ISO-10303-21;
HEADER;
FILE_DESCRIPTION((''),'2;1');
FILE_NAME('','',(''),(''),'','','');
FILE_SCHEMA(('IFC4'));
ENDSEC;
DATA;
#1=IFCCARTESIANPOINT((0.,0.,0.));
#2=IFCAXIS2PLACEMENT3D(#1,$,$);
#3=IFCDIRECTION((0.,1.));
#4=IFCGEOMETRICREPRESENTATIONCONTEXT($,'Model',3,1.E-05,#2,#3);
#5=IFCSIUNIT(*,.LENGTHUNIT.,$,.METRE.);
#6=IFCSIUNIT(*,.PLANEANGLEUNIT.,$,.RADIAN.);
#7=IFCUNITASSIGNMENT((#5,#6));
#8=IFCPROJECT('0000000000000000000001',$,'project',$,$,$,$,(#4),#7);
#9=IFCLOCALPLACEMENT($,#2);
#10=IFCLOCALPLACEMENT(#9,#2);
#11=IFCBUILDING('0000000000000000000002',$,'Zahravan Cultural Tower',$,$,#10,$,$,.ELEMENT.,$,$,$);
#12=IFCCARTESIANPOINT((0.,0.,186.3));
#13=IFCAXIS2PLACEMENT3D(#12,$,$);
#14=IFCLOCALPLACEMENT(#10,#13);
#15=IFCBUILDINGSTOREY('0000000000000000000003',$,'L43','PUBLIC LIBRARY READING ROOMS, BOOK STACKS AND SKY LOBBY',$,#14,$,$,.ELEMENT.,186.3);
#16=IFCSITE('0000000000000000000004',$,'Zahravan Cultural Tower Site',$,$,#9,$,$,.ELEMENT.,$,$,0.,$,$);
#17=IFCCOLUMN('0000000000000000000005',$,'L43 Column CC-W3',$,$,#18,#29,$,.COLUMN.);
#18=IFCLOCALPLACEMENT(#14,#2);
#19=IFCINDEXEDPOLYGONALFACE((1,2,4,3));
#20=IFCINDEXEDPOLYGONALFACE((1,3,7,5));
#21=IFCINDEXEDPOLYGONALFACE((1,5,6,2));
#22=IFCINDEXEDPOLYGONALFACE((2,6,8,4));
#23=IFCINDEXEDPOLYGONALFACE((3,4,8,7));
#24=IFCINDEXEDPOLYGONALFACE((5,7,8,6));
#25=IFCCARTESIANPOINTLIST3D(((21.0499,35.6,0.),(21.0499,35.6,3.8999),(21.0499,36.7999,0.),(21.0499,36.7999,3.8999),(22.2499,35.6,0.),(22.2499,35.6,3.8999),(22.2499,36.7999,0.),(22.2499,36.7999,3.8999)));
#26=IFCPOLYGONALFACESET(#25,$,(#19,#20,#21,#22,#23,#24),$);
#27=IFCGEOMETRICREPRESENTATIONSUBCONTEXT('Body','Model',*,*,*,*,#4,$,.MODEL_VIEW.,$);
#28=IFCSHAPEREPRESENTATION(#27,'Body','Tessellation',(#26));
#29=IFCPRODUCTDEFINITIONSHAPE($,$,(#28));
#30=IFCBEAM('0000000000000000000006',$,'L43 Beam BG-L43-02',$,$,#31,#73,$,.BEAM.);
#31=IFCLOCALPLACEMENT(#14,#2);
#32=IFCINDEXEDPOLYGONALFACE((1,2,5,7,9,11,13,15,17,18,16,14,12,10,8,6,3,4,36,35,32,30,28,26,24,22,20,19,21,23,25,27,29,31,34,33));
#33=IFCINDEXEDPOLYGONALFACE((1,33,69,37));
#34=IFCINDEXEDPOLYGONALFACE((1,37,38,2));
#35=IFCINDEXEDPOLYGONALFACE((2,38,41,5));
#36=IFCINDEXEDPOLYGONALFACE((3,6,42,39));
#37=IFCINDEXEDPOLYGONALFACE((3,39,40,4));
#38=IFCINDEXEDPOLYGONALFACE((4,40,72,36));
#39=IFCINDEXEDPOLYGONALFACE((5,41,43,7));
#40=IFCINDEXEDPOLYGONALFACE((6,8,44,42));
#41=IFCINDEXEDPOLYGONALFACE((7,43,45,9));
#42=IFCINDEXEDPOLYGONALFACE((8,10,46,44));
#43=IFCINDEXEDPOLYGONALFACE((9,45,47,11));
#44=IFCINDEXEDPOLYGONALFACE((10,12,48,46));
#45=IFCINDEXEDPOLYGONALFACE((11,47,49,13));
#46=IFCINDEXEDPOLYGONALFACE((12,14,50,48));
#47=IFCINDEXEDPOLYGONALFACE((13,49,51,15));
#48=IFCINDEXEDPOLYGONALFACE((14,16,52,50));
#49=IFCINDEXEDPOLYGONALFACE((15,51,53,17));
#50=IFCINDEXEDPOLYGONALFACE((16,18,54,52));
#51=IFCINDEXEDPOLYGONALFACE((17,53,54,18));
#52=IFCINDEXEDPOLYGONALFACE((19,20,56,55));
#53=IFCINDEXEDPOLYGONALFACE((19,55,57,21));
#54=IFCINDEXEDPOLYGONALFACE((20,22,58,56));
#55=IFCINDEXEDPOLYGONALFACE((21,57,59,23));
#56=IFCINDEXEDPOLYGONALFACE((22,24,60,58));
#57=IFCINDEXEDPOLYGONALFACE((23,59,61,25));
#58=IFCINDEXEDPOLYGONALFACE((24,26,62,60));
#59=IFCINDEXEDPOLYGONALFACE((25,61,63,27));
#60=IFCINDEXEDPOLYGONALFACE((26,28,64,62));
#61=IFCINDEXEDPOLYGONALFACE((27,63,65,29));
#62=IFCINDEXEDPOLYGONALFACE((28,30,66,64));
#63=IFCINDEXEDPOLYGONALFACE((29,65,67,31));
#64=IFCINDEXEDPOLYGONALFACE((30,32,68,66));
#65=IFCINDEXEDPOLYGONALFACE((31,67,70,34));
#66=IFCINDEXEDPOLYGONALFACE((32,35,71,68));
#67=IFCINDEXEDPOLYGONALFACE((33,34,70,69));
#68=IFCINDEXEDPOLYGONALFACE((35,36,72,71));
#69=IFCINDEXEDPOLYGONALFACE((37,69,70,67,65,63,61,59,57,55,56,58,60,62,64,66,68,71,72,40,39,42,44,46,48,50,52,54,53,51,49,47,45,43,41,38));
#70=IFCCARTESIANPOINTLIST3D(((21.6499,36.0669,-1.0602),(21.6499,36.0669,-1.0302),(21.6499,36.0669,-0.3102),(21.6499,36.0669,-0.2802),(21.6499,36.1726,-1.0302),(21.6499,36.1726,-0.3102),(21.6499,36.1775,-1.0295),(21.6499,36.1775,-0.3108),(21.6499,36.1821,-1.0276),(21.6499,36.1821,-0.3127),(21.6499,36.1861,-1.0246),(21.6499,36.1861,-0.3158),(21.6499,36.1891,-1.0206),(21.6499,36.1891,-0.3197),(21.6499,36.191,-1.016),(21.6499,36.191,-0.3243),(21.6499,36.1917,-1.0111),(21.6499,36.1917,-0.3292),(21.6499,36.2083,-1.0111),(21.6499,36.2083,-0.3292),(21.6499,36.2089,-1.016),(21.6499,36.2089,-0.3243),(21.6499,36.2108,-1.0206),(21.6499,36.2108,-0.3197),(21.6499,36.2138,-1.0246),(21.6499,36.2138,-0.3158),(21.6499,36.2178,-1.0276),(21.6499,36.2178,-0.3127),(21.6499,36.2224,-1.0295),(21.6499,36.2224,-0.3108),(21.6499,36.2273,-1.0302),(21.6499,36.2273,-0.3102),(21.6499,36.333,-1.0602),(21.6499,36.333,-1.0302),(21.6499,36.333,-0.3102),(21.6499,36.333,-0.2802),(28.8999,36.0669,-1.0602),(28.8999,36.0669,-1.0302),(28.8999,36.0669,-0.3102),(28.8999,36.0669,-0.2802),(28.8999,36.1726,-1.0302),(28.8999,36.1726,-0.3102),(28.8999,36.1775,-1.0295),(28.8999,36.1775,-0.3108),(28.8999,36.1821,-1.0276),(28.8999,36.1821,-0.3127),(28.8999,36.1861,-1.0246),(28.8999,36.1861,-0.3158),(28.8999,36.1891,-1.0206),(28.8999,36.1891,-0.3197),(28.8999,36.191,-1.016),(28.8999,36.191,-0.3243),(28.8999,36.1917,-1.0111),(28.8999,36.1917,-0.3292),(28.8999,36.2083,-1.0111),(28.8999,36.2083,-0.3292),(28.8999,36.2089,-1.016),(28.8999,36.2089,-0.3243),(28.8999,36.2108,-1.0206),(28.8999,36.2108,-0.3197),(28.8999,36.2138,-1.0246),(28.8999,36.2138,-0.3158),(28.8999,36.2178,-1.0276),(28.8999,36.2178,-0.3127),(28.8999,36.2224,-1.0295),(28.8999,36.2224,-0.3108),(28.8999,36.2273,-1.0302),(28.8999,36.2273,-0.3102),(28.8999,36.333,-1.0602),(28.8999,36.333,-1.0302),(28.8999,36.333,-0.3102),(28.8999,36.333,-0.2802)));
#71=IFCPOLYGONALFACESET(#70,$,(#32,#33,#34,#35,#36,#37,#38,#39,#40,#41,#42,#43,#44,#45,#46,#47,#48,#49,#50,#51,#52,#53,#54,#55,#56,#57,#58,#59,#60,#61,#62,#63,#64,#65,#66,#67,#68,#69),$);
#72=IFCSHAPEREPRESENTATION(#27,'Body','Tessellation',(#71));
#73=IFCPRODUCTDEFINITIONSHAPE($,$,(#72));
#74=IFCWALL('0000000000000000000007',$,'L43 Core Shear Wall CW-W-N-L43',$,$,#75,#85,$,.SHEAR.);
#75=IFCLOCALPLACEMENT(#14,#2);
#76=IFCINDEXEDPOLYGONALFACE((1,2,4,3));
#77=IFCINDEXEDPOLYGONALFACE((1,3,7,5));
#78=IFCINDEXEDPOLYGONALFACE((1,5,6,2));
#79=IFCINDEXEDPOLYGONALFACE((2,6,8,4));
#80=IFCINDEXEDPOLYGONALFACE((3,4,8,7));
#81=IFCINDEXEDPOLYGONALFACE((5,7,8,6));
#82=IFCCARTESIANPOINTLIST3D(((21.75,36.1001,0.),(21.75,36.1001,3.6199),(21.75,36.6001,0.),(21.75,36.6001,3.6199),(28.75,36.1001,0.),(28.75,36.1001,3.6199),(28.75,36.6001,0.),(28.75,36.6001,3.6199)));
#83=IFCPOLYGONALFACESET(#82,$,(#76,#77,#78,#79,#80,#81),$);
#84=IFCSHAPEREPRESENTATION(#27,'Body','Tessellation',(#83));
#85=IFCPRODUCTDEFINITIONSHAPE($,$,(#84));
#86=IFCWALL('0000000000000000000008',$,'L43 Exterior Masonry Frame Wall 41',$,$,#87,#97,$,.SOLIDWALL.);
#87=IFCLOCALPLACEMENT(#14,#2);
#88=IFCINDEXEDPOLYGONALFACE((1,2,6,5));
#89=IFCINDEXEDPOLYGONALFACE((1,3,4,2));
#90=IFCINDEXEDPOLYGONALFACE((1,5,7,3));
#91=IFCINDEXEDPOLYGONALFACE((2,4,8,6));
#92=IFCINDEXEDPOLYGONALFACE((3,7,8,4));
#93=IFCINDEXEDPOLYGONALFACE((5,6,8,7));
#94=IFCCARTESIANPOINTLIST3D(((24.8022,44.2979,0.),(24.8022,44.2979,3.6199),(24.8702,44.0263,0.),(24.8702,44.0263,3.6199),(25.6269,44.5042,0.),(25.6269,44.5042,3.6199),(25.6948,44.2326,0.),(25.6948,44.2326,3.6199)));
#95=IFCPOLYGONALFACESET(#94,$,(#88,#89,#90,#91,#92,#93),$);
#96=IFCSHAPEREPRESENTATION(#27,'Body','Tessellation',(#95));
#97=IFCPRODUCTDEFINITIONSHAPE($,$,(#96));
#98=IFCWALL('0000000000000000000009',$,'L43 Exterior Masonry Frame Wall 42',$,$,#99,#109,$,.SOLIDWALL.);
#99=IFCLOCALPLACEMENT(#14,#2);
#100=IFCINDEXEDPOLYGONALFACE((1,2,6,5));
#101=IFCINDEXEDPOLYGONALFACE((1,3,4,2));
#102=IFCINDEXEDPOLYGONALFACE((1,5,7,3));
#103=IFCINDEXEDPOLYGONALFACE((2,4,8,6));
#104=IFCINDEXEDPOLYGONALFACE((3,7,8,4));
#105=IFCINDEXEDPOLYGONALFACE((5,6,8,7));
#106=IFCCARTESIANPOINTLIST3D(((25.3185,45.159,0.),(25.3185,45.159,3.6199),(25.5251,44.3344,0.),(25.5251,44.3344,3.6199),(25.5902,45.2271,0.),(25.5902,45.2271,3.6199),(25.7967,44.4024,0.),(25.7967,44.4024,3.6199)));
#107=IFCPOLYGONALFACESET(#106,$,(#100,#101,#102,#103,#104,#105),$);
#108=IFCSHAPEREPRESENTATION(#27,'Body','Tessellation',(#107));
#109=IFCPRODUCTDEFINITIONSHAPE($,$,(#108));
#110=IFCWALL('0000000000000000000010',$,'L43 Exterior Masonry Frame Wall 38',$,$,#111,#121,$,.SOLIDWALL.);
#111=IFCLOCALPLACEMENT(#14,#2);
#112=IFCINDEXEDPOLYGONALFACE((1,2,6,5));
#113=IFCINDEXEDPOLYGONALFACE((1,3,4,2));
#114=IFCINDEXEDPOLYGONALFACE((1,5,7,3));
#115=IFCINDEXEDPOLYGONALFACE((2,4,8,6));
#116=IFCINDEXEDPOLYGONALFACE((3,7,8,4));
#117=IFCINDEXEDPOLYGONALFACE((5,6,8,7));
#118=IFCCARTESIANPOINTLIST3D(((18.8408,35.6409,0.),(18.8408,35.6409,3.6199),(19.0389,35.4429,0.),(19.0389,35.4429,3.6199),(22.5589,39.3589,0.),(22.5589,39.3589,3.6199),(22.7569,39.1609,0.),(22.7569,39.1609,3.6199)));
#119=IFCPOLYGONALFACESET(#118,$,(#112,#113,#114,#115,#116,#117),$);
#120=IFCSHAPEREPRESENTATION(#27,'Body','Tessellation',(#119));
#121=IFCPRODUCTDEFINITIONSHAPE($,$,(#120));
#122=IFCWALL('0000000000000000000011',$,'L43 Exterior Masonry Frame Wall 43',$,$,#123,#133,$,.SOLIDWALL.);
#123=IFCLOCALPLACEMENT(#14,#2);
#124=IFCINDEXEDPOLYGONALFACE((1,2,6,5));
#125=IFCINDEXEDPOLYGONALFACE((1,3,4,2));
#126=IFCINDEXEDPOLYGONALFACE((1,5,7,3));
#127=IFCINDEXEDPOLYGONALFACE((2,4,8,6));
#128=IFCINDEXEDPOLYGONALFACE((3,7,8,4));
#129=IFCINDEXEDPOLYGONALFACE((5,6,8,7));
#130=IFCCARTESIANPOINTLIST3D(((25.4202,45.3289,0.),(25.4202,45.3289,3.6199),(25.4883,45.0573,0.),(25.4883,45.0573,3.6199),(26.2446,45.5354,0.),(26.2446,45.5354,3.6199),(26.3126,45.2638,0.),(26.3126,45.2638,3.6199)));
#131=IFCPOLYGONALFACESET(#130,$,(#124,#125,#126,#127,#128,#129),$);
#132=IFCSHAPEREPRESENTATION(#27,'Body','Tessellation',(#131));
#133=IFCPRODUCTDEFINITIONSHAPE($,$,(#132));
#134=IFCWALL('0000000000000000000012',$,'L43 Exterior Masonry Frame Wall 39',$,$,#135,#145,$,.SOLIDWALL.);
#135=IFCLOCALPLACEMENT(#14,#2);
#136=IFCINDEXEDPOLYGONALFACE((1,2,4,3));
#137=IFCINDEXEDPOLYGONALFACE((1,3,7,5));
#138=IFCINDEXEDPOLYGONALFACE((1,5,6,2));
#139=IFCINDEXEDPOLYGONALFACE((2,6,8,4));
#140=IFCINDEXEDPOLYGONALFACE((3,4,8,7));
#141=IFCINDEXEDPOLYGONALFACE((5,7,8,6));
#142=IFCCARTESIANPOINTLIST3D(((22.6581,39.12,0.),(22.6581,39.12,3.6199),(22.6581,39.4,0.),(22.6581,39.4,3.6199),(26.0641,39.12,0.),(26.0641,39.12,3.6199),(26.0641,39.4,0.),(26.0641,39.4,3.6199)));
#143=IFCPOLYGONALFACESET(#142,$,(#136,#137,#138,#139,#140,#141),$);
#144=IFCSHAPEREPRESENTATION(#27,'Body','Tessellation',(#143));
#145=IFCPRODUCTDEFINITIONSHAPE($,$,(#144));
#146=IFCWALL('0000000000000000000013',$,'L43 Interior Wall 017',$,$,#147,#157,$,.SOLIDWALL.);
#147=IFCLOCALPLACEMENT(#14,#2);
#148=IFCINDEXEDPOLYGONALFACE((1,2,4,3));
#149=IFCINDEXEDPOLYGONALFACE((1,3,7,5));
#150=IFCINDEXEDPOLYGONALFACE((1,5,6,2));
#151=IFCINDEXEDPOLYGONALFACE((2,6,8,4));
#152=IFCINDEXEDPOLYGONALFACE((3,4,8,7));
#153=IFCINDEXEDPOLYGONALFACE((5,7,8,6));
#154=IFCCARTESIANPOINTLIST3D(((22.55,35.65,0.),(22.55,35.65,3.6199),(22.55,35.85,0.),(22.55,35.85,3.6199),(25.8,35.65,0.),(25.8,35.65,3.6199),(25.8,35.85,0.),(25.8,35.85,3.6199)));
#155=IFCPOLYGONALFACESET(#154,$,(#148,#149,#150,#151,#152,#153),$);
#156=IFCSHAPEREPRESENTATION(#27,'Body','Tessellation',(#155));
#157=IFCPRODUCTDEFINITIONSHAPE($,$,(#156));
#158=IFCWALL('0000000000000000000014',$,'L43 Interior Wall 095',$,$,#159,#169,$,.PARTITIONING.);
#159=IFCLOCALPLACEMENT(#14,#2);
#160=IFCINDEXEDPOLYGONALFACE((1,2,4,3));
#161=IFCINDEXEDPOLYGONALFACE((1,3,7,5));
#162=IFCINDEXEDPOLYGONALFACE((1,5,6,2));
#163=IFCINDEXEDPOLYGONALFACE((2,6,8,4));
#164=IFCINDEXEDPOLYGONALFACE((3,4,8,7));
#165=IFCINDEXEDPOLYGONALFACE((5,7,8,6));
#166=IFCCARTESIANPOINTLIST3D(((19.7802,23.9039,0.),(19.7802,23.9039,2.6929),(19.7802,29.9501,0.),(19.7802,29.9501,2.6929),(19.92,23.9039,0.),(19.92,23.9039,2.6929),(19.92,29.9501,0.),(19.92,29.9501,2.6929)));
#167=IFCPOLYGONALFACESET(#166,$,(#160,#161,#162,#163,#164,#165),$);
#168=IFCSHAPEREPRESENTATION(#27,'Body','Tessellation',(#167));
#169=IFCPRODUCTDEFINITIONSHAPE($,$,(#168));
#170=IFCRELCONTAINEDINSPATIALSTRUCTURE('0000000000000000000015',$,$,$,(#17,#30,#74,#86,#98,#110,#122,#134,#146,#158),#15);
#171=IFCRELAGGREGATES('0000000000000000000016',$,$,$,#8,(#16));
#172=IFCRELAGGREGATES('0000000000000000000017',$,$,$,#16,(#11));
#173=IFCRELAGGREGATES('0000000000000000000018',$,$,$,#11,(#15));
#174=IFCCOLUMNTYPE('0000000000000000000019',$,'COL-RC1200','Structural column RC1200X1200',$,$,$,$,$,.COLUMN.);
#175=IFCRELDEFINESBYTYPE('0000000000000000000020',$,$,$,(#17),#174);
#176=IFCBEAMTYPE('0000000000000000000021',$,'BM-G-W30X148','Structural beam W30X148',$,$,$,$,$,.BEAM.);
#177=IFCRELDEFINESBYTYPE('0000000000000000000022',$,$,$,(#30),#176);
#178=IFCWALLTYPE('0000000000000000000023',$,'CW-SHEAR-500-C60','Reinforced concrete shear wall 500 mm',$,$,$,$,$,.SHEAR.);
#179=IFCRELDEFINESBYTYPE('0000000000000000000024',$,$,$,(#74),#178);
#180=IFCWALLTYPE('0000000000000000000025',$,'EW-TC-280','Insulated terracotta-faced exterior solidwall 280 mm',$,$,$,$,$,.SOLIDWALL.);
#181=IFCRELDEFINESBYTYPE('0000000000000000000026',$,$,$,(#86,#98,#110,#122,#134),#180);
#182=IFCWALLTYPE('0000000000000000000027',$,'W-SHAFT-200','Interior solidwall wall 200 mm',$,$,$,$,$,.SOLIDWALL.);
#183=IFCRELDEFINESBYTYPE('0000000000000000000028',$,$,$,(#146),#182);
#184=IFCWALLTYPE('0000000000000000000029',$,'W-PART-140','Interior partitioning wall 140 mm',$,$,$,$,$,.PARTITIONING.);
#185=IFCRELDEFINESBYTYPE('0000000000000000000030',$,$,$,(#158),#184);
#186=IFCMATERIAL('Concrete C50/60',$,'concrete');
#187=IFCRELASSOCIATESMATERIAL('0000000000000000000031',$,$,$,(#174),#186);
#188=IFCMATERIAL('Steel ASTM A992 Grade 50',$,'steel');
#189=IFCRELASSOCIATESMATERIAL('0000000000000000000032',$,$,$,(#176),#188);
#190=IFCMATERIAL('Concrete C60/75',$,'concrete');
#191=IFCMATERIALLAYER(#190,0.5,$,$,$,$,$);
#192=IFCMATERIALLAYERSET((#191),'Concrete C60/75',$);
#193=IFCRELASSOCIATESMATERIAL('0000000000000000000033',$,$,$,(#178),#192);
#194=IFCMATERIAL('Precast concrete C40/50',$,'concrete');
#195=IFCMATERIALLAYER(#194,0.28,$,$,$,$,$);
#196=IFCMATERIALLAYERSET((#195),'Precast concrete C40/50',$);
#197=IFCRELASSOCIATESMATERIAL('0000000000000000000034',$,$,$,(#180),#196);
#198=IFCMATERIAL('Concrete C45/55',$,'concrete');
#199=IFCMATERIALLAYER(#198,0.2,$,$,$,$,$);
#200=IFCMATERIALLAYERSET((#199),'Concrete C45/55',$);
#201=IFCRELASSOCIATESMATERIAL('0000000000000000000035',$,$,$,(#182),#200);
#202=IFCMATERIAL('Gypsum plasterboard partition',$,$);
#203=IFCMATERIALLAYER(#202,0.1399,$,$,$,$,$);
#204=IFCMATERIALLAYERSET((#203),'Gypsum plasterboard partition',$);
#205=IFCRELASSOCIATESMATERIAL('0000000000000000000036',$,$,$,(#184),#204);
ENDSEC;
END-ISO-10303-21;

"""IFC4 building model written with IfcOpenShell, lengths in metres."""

from ifc_helpers import new_model, si_unit, direction, frame, frame_2d, origin, origin_2d, place, context, subcontext, project, spatial, rectangle, i_section, extrude, source, transform, mapped, material, layer, layer_set, material_profile, profile_set, type_object, element, save


model = new_model("IFC4")

# Units and contexts
model_context = context("Model", 3, precision=1e-05, world=origin(), true_north=direction((0.0, 1.0)))
body_context = subcontext(model_context, "Body", "Model", "MODEL_VIEW")
ifc_project = project(units=[si_unit("LENGTHUNIT", "METRE"), si_unit("PLANEANGLEUNIT", "RADIAN")], contexts=[model_context])

# Site, building, storey
site_placement = place(None, origin())
site = spatial("IfcSite", under=ifc_project, at=site_placement, Name="Zahravan Cultural Tower Site", CompositionType="ELEMENT", RefElevation=0.0)
building_placement = place(site_placement, origin())
building = spatial("IfcBuilding", under=site, at=building_placement, Name="Zahravan Cultural Tower", CompositionType="ELEMENT")
storey_placement = place(building_placement, frame((0.0, 0.0, 186.3)))
storey = spatial("IfcBuildingStorey", under=building, at=storey_placement, Name="L43", Description="PUBLIC LIBRARY READING ROOMS, BOOK STACKS AND SKY LOBBY", CompositionType="ELEMENT", Elevation=186.3)

# Column
ifc_material_1 = material(Name="Concrete C50/60", Category="concrete")
ifc_material_profile_1 = material_profile(ifc_material_1, rectangle(XDim=1.2, YDim=1.2, at=origin_2d()), Name="RC1200X1200")
ifc_profile_set_1 = profile_set([ifc_material_profile_1], Name="Concrete C50/60")
column_type = type_object("IfcColumnType", Name="COL-RC1200", Description="Structural column RC1200X1200", PredefinedType="COLUMN", material=ifc_profile_set_1)
shared_shape_1 = source(origin(), body_context, "Body", "SweptSolid", [
    extrude(rectangle(XDim=1.2, YDim=1.2, at=origin_2d()), origin(), (0.0, 0.0, 1.0), 3.8999),
])
column_placement = place(storey_placement, frame((21.6499, 36.2, 0.0), z_axis=(0.0, 0.0, 1.0), x_axis=(1.0, 0.0, 0.0)))
element("IfcColumn", 1, at=column_placement, inside=storey, type_object=column_type, Name="L43 Column CC-W3", PredefinedType="COLUMN", context=body_context, shape_type="MappedRepresentation", body=[
    mapped(shared_shape_1, transform((0.0, 0.0, 0.0), x_axis=(1.0, 0.0, 0.0), y_axis=(0.0, 1.0, 0.0), z_axis=(0.0, 0.0, 1.0), scale=1.0)),
])

# Beam
ifc_material_2 = material(Name="Steel ASTM A992 Grade 50", Category="steel")
ifc_material_profile_2 = material_profile(ifc_material_2, i_section(OverallWidth=0.2661, OverallDepth=0.78, WebThickness=0.0166, FlangeThickness=0.03, FilletRadius=0.019, at=origin_2d()), Name="W30X148")
ifc_profile_set_2 = profile_set([ifc_material_profile_2], Name="Steel ASTM A992 Grade 50")
beam_type = type_object("IfcBeamType", Name="BM-G-W30X148", Description="Structural beam W30X148", PredefinedType="BEAM", material=ifc_profile_set_2)
shared_shape_2 = source(origin(), body_context, "Body", "SweptSolid", [
    extrude(i_section(OverallWidth=0.2661, OverallDepth=0.78, WebThickness=0.0166, FlangeThickness=0.03, FilletRadius=0.019, at=origin_2d()), origin(), (0.0, 0.0, 1.0), 7.25),
])
beam_placement = place(storey_placement, frame((21.6499, 36.2, -0.6702), z_axis=(1.0, 0.0, 0.0), x_axis=(0.0, 1.0, 0.0)))
element("IfcBeam", 2, at=beam_placement, inside=storey, type_object=beam_type, Name="L43 Beam BG-L43-02", PredefinedType="BEAM", context=body_context, shape_type="MappedRepresentation", body=[
    mapped(shared_shape_2, transform((0.0, 0.0, 0.0), x_axis=(1.0, 0.0, 0.0), y_axis=(0.0, 1.0, 0.0), z_axis=(0.0, 0.0, 1.0), scale=1.0)),
])

# Walls
ifc_material_3 = material(Name="Concrete C60/75", Category="concrete")
ifc_layer_1 = layer(ifc_material_3, 0.5)
ifc_layer_set_1 = layer_set([ifc_layer_1], Name="Concrete C60/75")
wall_type_1 = type_object("IfcWallType", Name="CW-SHEAR-500-C60", Description="Reinforced concrete shear wall 500 mm", PredefinedType="SHEAR", material=ifc_layer_set_1)
shared_shape_3 = source(origin(), body_context, "Body", "SweptSolid", [
    extrude(rectangle(XDim=7.0, YDim=0.5, at=frame_2d((3.5, 0.0))), origin(), (0.0, 0.0, 1.0), 3.6199),
])
wall_1_placement = place(storey_placement, frame((21.75, 36.3501, 0.0), z_axis=(0.0, 0.0, 1.0), x_axis=(1.0, 0.0, 0.0)))
element("IfcWall", 3, at=wall_1_placement, inside=storey, type_object=wall_type_1, Name="L43 Core Shear Wall CW-W-N-L43", PredefinedType="SHEAR", context=body_context, shape_type="MappedRepresentation", body=[
    mapped(shared_shape_3, transform((0.0, 0.0, 0.0), x_axis=(1.0, 0.0, 0.0), y_axis=(0.0, 1.0, 0.0), z_axis=(0.0, 0.0, 1.0), scale=1.0)),
])
ifc_material_4 = material(Name="Precast concrete C40/50", Category="concrete")
ifc_layer_2 = layer(ifc_material_4, 0.28)
ifc_layer_set_2 = layer_set([ifc_layer_2], Name="Precast concrete C40/50")
wall_type_2 = type_object("IfcWallType", Name="EW-TC-280", Description="Insulated terracotta-faced exterior solidwall 280 mm", PredefinedType="SOLIDWALL", material=ifc_layer_set_2)
shared_shape_4 = source(origin(), body_context, "Body", "SweptSolid", [
    extrude(rectangle(XDim=0.8501, YDim=0.28, at=frame_2d((0.425, 0.0))), origin(), (0.0, 0.0, 1.0), 3.6199),
])
for number, where, z_axis, x_axis, name in (
    (4, (24.8362, 44.1621, 0.0), (0.0, 0.0, 1.0), (0.970109, 0.242671, 0.0), "L43 Exterior Masonry Frame Wall 41"),
    (5, (25.6609, 44.3684, 0.0), (0.0, 0.0, 1.0), (-0.242941, 0.970041, 0.0), "L43 Exterior Masonry Frame Wall 42"),
):
    element("IfcWall", number, at=place(storey_placement, frame(where, z_axis=z_axis, x_axis=x_axis)), inside=storey, type_object=wall_type_2, Name=name, PredefinedType="SOLIDWALL", context=body_context, shape_type="MappedRepresentation", body=[
        mapped(shared_shape_4, transform((0.0, 0.0, 0.0), x_axis=(1.0, 0.0, 0.0), y_axis=(0.0, 1.0, 0.0), z_axis=(0.0, 0.0, 1.0), scale=1.0)),
    ])
shared_shape_5 = source(origin(), body_context, "Body", "SweptSolid", [
    extrude(rectangle(XDim=5.2581, YDim=0.28, at=frame_2d((2.6289, 0.0))), origin(), (0.0, 0.0, 1.0), 3.6199),
])
wall_2_placement = place(storey_placement, frame((18.9399, 35.542, 0.0), z_axis=(0.0, 0.0, 1.0), x_axis=(0.707107, 0.707107, 0.0)))
element("IfcWall", 6, at=wall_2_placement, inside=storey, type_object=wall_type_2, Name="L43 Exterior Masonry Frame Wall 38", PredefinedType="SOLIDWALL", context=body_context, shape_type="MappedRepresentation", body=[
    mapped(shared_shape_5, transform((0.0, 0.0, 0.0), x_axis=(1.0, 0.0, 0.0), y_axis=(0.0, 1.0, 0.0), z_axis=(0.0, 0.0, 1.0), scale=1.0)),
])
shared_shape_6 = source(origin(), body_context, "Body", "SweptSolid", [
    extrude(rectangle(XDim=0.8499, YDim=0.28, at=frame_2d((0.4248, 0.0))), origin(), (0.0, 0.0, 1.0), 3.6199),
])
wall_3_placement = place(storey_placement, frame((25.4543, 45.1931, 0.0), z_axis=(0.0, 0.0, 1.0), x_axis=(0.970024, 0.243009, 0.0)))
element("IfcWall", 7, at=wall_3_placement, inside=storey, type_object=wall_type_2, Name="L43 Exterior Masonry Frame Wall 43", PredefinedType="SOLIDWALL", context=body_context, shape_type="MappedRepresentation", body=[
    mapped(shared_shape_6, transform((0.0, 0.0, 0.0), x_axis=(1.0, 0.0, 0.0), y_axis=(0.0, 1.0, 0.0), z_axis=(0.0, 0.0, 1.0), scale=1.0)),
])
shared_shape_7 = source(origin(), body_context, "Body", "SweptSolid", [
    extrude(rectangle(XDim=3.406, YDim=0.28, at=frame_2d((1.7031, 0.0))), origin(), (0.0, 0.0, 1.0), 3.6199),
])
wall_4_placement = place(storey_placement, frame((22.658, 39.26, 0.0), z_axis=(0.0, 0.0, 1.0), x_axis=(1.0, 0.0, 0.0)))
element("IfcWall", 8, at=wall_4_placement, inside=storey, type_object=wall_type_2, Name="L43 Exterior Masonry Frame Wall 39", PredefinedType="SOLIDWALL", context=body_context, shape_type="MappedRepresentation", body=[
    mapped(shared_shape_7, transform((0.0, 0.0, 0.0), x_axis=(1.0, 0.0, 0.0), y_axis=(0.0, 1.0, 0.0), z_axis=(0.0, 0.0, 1.0), scale=1.0)),
])
ifc_material_5 = material(Name="Concrete C45/55", Category="concrete")
ifc_layer_3 = layer(ifc_material_5, 0.2)
ifc_layer_set_3 = layer_set([ifc_layer_3], Name="Concrete C45/55")
wall_type_3 = type_object("IfcWallType", Name="W-SHAFT-200", Description="Interior solidwall wall 200 mm", PredefinedType="SOLIDWALL", material=ifc_layer_set_3)
shared_shape_8 = source(origin(), body_context, "Body", "SweptSolid", [
    extrude(rectangle(XDim=3.25, YDim=0.2, at=frame_2d((1.625, 0.0))), origin(), (0.0, 0.0, 1.0), 3.6199),
])
wall_5_placement = place(storey_placement, frame((22.55, 35.75, 0.0), z_axis=(0.0, 0.0, 1.0), x_axis=(1.0, 0.0, 0.0)))
element("IfcWall", 9, at=wall_5_placement, inside=storey, type_object=wall_type_3, Name="L43 Interior Wall 017", PredefinedType="SOLIDWALL", context=body_context, shape_type="MappedRepresentation", body=[
    mapped(shared_shape_8, transform((0.0, 0.0, 0.0), x_axis=(1.0, 0.0, 0.0), y_axis=(0.0, 1.0, 0.0), z_axis=(0.0, 0.0, 1.0), scale=1.0)),
])
ifc_material_6 = material(Name="Gypsum plasterboard partition")
ifc_layer_4 = layer(ifc_material_6, 0.1399)
ifc_layer_set_4 = layer_set([ifc_layer_4], Name="Gypsum plasterboard partition")
wall_type_4 = type_object("IfcWallType", Name="W-PART-140", Description="Interior partitioning wall 140 mm", PredefinedType="PARTITIONING", material=ifc_layer_set_4)
shared_shape_9 = source(origin(), body_context, "Body", "SweptSolid", [
    extrude(rectangle(XDim=6.0461, YDim=0.1399, at=frame_2d((3.0229, 0.0))), origin(), (0.0, 0.0, 1.0), 2.6929),
])
wall_6_placement = place(storey_placement, frame((19.8501, 29.95, 0.0), z_axis=(0.0, 0.0, 1.0), x_axis=(0.0, -1.0, 0.0)))
element("IfcWall", 10, at=wall_6_placement, inside=storey, type_object=wall_type_4, Name="L43 Interior Wall 095", PredefinedType="PARTITIONING", context=body_context, shape_type="MappedRepresentation", body=[
    mapped(shared_shape_9, transform((0.0, 0.0, 0.0), x_axis=(1.0, 0.0, 0.0), y_axis=(0.0, 1.0, 0.0), z_axis=(0.0, 0.0, 1.0), scale=1.0)),
])

save(model, "model.ifc")
